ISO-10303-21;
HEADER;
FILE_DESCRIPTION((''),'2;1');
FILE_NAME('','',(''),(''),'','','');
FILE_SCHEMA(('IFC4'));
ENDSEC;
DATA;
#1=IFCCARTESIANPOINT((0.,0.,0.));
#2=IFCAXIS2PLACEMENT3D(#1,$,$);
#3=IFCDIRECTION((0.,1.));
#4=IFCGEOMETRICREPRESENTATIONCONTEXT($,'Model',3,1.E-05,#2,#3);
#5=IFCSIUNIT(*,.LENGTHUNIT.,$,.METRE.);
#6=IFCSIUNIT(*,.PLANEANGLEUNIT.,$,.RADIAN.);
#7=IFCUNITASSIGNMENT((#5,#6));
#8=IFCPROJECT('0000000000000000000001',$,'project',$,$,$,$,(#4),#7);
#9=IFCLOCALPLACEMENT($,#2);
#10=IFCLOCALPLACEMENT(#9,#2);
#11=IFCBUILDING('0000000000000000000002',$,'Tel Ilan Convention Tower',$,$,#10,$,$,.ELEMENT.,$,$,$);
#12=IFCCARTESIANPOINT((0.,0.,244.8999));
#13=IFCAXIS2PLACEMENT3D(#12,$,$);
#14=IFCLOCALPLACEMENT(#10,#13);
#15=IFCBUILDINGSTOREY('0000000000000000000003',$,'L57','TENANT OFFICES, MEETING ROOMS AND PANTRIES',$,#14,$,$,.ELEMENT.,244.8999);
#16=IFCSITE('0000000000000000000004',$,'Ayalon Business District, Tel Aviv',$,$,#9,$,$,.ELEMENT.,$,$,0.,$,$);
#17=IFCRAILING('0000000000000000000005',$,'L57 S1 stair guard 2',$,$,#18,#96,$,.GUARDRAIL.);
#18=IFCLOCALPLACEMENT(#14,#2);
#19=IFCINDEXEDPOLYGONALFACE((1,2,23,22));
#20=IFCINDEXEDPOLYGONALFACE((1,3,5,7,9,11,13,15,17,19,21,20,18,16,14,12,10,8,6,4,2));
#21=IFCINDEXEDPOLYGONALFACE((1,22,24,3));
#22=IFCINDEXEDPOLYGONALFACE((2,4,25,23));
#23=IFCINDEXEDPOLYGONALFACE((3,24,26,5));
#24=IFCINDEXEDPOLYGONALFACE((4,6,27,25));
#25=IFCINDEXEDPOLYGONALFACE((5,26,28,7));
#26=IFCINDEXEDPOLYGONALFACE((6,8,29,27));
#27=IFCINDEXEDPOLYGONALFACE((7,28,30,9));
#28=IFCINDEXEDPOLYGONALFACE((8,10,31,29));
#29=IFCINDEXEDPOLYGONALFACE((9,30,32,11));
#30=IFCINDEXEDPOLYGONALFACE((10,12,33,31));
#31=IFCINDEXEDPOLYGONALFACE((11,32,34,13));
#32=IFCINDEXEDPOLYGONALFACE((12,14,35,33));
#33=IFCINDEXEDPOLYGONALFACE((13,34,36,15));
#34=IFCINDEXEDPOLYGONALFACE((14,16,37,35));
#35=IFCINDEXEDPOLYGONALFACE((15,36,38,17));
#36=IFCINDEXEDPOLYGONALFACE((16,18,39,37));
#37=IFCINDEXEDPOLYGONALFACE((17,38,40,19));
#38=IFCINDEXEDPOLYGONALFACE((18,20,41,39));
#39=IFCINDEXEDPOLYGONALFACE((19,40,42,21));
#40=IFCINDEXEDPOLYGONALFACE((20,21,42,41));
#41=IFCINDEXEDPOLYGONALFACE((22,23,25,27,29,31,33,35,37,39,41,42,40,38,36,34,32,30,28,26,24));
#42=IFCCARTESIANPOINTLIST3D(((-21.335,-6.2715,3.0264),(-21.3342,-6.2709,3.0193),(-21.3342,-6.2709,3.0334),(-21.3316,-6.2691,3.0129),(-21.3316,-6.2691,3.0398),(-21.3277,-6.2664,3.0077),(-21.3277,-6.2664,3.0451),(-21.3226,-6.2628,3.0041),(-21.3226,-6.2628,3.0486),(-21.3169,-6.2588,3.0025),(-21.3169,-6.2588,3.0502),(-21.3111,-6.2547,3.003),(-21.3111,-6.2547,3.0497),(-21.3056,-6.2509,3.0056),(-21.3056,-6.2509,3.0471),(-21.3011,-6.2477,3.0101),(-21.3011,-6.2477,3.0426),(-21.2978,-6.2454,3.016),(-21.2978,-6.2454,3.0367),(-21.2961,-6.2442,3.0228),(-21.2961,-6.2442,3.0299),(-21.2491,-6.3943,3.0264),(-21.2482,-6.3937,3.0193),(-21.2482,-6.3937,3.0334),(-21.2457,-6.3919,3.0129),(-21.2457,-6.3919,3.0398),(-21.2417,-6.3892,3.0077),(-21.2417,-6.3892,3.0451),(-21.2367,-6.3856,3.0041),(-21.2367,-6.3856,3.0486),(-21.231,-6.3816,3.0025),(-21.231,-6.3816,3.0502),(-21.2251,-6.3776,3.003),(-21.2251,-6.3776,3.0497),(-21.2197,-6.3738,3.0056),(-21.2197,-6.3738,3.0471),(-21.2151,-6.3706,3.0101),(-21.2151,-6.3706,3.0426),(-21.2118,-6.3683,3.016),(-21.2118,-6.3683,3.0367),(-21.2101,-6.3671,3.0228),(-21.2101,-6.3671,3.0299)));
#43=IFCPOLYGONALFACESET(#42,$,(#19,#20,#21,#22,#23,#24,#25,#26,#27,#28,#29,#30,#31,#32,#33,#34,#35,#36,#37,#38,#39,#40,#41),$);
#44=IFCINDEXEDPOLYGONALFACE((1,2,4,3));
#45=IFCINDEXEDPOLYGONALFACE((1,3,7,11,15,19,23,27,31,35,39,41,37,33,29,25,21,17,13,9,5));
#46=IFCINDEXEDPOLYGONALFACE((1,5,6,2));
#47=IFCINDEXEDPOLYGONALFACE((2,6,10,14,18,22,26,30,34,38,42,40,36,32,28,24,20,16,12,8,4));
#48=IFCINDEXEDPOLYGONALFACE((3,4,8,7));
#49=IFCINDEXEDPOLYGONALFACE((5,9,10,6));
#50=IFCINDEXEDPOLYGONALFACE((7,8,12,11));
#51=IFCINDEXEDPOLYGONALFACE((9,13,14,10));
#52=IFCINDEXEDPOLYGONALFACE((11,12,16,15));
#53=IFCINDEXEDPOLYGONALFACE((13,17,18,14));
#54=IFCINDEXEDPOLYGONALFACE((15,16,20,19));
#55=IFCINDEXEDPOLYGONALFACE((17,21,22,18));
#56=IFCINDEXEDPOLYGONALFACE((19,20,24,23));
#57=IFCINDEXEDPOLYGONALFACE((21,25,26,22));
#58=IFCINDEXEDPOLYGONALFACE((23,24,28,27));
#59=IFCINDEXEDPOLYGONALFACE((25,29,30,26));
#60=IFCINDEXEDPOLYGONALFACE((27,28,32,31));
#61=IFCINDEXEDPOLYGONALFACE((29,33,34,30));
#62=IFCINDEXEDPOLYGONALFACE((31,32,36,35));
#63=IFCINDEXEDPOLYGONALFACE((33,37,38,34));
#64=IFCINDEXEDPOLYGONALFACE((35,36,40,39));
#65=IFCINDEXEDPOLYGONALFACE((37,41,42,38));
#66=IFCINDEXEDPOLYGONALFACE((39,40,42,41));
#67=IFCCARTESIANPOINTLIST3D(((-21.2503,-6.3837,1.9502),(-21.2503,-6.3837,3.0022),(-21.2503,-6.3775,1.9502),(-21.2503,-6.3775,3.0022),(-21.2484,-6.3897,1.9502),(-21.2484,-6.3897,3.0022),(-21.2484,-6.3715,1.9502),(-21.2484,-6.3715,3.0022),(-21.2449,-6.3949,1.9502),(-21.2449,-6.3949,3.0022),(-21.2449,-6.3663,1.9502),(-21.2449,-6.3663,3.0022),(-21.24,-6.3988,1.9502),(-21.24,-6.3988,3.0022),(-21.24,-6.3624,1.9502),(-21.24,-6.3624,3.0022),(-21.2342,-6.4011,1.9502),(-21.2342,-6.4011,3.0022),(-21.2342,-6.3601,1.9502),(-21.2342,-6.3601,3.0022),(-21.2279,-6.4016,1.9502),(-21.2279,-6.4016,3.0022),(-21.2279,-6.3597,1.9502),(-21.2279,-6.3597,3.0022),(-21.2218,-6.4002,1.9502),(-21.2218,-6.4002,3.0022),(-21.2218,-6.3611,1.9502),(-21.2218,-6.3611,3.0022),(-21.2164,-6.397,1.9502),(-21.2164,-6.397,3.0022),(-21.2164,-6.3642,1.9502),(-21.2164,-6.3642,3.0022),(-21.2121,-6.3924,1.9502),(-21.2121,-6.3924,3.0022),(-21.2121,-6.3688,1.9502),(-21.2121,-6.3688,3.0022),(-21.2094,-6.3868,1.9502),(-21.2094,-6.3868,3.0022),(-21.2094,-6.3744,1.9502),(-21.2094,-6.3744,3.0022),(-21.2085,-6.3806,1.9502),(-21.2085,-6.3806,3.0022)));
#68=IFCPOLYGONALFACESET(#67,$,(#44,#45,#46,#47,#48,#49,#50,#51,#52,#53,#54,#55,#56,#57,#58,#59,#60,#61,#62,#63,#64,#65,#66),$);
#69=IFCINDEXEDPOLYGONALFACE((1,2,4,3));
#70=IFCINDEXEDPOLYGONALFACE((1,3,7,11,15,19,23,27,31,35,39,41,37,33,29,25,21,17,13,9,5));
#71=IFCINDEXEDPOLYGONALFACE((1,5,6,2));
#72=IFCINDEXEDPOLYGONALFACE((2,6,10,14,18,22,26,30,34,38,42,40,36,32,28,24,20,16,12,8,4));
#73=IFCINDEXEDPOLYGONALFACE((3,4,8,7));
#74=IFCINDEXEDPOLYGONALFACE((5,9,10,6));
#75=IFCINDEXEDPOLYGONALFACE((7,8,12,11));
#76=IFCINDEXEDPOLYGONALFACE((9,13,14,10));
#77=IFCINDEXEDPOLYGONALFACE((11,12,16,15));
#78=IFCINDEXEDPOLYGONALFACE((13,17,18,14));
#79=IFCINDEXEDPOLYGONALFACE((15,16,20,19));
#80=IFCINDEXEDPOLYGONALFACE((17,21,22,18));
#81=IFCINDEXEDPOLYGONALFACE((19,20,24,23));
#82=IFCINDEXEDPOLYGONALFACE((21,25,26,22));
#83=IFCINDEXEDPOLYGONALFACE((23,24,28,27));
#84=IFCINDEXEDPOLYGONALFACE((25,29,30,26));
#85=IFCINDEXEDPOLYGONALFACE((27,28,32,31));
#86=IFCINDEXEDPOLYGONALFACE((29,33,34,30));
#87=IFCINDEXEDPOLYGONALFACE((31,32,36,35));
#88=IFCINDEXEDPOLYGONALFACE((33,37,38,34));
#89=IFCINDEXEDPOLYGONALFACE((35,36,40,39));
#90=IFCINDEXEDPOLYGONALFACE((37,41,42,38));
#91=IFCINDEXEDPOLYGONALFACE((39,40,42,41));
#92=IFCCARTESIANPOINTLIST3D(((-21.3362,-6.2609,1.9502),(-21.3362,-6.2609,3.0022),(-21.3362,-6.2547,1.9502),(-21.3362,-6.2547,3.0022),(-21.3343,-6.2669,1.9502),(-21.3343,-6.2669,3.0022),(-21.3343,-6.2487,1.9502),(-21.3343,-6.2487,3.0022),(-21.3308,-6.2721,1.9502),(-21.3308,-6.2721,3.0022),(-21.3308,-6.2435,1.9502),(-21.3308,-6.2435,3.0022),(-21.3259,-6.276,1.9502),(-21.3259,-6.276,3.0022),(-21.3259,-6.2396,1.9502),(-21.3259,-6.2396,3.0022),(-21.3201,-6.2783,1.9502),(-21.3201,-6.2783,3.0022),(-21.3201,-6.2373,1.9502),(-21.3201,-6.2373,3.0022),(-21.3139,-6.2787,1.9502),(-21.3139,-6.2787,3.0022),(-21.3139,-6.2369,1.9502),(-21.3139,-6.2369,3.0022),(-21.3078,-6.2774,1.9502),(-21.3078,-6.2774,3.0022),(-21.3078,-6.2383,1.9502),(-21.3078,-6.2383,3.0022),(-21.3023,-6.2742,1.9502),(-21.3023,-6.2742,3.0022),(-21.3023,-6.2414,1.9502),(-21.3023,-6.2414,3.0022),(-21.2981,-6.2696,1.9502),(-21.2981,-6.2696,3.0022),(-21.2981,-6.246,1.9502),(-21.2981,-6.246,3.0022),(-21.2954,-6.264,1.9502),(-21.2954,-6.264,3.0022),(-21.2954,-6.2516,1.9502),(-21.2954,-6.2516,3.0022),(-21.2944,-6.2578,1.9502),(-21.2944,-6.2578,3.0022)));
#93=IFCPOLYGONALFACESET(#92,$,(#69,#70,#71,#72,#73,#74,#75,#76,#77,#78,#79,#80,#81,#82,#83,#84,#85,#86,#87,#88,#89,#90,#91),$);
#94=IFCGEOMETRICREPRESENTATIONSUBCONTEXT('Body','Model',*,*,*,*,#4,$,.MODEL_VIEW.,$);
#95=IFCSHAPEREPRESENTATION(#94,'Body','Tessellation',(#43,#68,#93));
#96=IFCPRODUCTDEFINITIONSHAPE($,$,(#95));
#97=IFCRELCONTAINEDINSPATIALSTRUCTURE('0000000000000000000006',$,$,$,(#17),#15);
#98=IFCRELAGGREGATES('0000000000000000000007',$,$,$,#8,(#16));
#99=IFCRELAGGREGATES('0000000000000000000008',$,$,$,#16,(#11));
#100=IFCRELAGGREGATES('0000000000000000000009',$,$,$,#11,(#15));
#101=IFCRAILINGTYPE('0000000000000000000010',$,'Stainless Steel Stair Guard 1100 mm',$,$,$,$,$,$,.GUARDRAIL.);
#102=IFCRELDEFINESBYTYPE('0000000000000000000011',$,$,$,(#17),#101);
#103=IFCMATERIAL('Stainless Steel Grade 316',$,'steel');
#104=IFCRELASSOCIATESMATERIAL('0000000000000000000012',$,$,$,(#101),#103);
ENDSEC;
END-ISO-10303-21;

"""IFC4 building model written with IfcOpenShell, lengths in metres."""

from ifc_helpers import new_model, si_unit, direction, frame, origin, origin_2d, place, context, subcontext, project, spatial, circle, extrude, material, type_object, element, save


model = new_model("IFC4")

# Units and contexts
model_context = context("Model", 3, precision=1e-05, world=origin(), true_north=direction((0.0, 1.0)))
body_context = subcontext(model_context, "Body", "Model", "MODEL_VIEW")
ifc_project = project(units=[si_unit("LENGTHUNIT", "METRE"), si_unit("PLANEANGLEUNIT", "RADIAN")], contexts=[model_context])

# Site, building, storey
site_placement = place(None, origin())
site = spatial("IfcSite", under=ifc_project, at=site_placement, Name="Ayalon Business District, Tel Aviv", CompositionType="ELEMENT", RefElevation=0.0)
building_placement = place(site_placement, origin())
building = spatial("IfcBuilding", under=site, at=building_placement, Name="Tel Ilan Convention Tower", CompositionType="ELEMENT")
storey_placement = place(building_placement, frame((0.0, 0.0, 244.8999)))
storey = spatial("IfcBuildingStorey", under=building, at=storey_placement, Name="L57", Description="TENANT OFFICES, MEETING ROOMS AND PANTRIES", CompositionType="ELEMENT", Elevation=244.8999)

# Railing
ifc_material_1 = material(Name="Stainless Steel Grade 316", Category="steel")
railing_type_1 = type_object("IfcRailingType", Name="Stainless Steel Stair Guard 1100 mm", PredefinedType="GUARDRAIL", material=ifc_material_1)
railing_1_placement = place(storey_placement, frame((-21.2295, -6.3806, 1.9502)))
element("IfcRailing", 1, at=railing_1_placement, inside=storey, type_object=railing_type_1, Name="L57 S1 stair guard 2", PredefinedType="GUARDRAIL", context=body_context, shape_type="SweptSolid", body=[
    extrude(circle(Radius=0.0239, at=origin_2d()), frame((0.0, 0.0, 1.0762), z_axis=(-0.573353, 0.819308, 0.0), x_axis=(-0.819308, -0.573353, 0.0)), (0.0, 0.0, 1.0), 0.1499),
    extrude(circle(Radius=0.021, at=origin_2d()), origin(), (0.0, 0.0, 1.0), 1.052),
    extrude(circle(Radius=0.021, at=origin_2d()), frame((-0.0859, 0.1228, 0.0)), (0.0, 0.0, 1.0), 1.052),
])

save(model, "model.ifc")
